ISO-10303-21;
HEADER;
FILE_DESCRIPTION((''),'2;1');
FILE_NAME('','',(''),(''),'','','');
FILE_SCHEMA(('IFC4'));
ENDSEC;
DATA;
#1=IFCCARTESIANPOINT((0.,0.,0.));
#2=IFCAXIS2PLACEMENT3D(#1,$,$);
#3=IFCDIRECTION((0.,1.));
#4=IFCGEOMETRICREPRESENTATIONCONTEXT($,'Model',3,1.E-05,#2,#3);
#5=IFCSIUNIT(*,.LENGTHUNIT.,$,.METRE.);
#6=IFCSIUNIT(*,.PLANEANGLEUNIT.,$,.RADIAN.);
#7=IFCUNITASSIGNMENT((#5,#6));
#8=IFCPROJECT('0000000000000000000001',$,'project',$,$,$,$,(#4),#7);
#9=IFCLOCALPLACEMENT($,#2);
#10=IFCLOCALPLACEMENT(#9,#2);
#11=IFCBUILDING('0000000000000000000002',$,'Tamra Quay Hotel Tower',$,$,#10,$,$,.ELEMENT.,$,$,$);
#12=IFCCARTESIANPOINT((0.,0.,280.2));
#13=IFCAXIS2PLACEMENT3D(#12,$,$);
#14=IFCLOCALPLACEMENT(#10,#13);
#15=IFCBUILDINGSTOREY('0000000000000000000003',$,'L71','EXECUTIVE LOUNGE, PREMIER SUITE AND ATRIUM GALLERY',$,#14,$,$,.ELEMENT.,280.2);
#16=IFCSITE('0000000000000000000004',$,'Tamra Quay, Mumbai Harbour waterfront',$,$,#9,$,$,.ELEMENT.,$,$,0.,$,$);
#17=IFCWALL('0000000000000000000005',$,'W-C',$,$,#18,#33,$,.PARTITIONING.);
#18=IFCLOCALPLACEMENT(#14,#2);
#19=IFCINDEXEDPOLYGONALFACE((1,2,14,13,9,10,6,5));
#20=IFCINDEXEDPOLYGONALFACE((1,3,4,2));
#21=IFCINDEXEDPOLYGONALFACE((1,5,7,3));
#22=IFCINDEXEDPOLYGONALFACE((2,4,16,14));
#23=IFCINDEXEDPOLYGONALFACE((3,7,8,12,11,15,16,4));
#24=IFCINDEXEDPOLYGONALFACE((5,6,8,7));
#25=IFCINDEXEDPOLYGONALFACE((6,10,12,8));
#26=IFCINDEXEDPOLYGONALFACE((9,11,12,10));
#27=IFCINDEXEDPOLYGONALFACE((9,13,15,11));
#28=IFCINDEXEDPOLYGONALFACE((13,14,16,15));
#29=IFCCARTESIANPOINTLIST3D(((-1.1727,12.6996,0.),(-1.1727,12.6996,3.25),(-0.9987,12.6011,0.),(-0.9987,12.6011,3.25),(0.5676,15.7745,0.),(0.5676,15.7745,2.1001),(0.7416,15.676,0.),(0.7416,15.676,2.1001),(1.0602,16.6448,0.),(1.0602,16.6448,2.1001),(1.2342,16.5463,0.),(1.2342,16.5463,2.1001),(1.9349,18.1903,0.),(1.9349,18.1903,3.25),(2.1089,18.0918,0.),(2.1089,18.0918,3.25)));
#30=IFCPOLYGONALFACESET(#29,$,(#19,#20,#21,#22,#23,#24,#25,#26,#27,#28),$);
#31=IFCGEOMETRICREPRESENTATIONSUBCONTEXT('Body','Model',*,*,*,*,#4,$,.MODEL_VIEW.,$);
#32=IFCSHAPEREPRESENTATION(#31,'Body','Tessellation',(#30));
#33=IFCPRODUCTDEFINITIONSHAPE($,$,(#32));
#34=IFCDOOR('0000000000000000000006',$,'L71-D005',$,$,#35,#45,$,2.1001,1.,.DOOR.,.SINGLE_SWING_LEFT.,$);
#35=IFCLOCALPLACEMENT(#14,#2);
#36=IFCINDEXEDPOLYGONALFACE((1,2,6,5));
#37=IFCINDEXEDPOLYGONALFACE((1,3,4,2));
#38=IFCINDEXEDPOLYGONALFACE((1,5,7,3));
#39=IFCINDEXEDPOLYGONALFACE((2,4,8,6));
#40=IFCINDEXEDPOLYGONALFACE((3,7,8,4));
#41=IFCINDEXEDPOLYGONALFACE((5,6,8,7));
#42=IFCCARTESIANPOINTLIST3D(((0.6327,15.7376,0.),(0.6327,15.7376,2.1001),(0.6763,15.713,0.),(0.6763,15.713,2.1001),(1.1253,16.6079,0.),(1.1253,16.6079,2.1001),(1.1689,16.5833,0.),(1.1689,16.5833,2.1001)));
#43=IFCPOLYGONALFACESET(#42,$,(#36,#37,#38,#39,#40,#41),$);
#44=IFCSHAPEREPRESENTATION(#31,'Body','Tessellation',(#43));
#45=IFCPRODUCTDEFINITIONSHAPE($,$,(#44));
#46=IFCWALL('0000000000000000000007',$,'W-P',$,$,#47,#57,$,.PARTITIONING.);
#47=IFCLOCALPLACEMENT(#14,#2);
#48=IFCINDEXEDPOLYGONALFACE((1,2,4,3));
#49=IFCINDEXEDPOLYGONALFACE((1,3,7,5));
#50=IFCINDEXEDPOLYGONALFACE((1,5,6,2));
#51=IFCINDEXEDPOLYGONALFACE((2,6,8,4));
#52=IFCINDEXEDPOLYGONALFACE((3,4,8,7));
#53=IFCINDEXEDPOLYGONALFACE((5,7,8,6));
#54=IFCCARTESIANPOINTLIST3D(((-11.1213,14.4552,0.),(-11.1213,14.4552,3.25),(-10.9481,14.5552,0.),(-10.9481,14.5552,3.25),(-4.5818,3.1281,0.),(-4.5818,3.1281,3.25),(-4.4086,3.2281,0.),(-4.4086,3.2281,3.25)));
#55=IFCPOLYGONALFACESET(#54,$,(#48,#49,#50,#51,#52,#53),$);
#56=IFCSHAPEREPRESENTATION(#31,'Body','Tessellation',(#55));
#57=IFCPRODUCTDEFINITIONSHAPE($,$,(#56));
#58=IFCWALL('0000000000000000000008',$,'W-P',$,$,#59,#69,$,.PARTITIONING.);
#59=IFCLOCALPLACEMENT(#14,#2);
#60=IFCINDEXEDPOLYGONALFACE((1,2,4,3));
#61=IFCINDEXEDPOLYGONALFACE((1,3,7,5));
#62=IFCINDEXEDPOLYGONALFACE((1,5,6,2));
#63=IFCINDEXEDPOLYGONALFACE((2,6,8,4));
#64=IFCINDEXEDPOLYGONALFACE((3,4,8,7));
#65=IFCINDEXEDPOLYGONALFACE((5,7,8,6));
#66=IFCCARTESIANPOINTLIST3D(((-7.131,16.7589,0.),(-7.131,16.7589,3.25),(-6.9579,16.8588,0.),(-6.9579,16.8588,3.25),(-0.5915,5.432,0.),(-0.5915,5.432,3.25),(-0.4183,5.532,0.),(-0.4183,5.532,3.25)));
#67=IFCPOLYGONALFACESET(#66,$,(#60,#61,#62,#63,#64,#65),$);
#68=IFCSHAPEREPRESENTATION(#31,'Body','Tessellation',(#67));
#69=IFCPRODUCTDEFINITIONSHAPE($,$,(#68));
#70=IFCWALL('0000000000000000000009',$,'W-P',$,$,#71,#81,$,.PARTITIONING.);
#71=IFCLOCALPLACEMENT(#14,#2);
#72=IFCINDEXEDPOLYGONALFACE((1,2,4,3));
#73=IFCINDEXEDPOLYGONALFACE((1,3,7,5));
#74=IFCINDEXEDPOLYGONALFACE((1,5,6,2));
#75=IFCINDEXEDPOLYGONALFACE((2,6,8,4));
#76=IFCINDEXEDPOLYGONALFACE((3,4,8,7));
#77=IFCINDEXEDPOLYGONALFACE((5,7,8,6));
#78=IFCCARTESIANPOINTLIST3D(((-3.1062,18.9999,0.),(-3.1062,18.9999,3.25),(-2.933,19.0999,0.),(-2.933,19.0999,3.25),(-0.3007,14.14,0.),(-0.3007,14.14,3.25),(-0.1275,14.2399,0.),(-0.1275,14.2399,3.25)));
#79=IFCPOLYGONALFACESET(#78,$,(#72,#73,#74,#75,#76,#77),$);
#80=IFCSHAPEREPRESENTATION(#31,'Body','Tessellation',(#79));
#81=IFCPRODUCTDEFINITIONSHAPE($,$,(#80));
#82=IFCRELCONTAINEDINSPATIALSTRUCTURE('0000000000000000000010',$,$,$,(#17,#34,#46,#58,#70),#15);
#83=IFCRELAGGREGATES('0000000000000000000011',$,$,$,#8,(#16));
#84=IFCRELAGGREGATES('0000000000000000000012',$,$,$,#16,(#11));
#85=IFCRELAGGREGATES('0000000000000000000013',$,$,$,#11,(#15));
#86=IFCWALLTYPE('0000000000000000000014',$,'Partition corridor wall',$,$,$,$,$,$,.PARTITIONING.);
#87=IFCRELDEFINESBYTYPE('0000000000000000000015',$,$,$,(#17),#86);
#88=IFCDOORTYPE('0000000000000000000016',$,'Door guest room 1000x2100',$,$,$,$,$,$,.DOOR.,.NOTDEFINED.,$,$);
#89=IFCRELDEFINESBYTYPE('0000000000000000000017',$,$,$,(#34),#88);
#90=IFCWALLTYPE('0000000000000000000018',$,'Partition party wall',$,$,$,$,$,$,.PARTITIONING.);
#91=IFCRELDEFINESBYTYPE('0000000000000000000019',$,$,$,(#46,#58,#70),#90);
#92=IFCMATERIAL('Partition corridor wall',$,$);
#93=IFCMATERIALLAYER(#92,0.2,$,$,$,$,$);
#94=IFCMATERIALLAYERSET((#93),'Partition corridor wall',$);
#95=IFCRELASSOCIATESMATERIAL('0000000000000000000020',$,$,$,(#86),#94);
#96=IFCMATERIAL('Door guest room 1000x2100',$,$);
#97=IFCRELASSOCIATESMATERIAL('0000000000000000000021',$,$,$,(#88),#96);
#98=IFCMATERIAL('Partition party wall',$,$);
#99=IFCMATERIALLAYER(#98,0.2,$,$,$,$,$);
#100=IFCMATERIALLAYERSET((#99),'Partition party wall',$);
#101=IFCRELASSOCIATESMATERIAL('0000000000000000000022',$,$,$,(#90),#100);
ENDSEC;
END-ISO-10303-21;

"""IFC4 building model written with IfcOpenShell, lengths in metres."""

from ifc_helpers import new_model, si_unit, direction, frame, frame_2d, origin, place, context, subcontext, project, spatial, rectangle, extrude, material, layer, layer_set, type_object, element, fill, save


model = new_model("IFC4")

# Units and contexts
model_context = context("Model", 3, precision=1e-05, world=origin(), true_north=direction((0.0, 1.0)))
body_context = subcontext(model_context, "Body", "Model", "MODEL_VIEW")
ifc_project = project(units=[si_unit("LENGTHUNIT", "METRE"), si_unit("PLANEANGLEUNIT", "RADIAN")], contexts=[model_context])

# Site, building, storey
site_placement = place(None, origin())
site = spatial("IfcSite", under=ifc_project, at=site_placement, Name="Tamra Quay, Mumbai Harbour waterfront", CompositionType="ELEMENT", RefElevation=0.0)
building_placement = place(site_placement, origin())
building = spatial("IfcBuilding", under=site, at=building_placement, Name="Tamra Quay Hotel Tower", CompositionType="ELEMENT")
storey_placement = place(building_placement, frame((0.0, 0.0, 280.2)))
storey = spatial("IfcBuildingStorey", under=building, at=storey_placement, Name="L71", Description="EXECUTIVE LOUNGE, PREMIER SUITE AND ATRIUM GALLERY", CompositionType="ELEMENT", Elevation=280.2)

# Wall, opening, door
ifc_material_1 = material(Name="Partition corridor wall")
ifc_layer_1 = layer(ifc_material_1, 0.2)
ifc_layer_set_1 = layer_set([ifc_layer_1], Name="Partition corridor wall")
wall_type_1 = type_object("IfcWallType", Name="Partition corridor wall", PredefinedType="PARTITIONING", material=ifc_layer_set_1)
wall_1_placement = place(storey_placement, frame((-1.0857, 12.6504, 0.0), z_axis=(0.0, 0.0, 1.0), x_axis=(0.492563, 0.870277, 0.0)))
wall_1 = element("IfcWall", 1, at=wall_1_placement, inside=storey, type_object=wall_type_1, Name="W-C", PredefinedType="PARTITIONING", context=body_context, shape_type="SweptSolid", body=[
    extrude(rectangle(XDim=6.3091, YDim=0.2, at=frame_2d((3.1545, 0.0))), origin(), (0.0, 0.0, 1.0), 3.25),
])
opening_placement = place(wall_1_placement, frame((3.5332, 0.0, 0.0)))
opening = element("IfcOpeningElement", 2, at=opening_placement, cuts=wall_1, PredefinedType="OPENING", context=body_context, shape_type="SweptSolid", body=[
    extrude(rectangle(XDim=1.0, YDim=2.1001, at=frame_2d((0.5, 1.05))), frame((0.0, 0.1099, 0.0), z_axis=(0.0, -1.0, 0.0), x_axis=(1.0, 0.0, 0.0)), (0.0, 0.0, 1.0), 0.22),
])
ifc_material_2 = material(Name="Door guest room 1000x2100")
door_type = type_object("IfcDoorType", Name="Door guest room 1000x2100", OperationType="NOTDEFINED", PredefinedType="DOOR", material=ifc_material_2)
door_placement = place(opening_placement, frame((1.0, 0.0, 0.0), z_axis=(0.0, 0.0, 1.0), x_axis=(-1.0, 0.0, 0.0)))
door = element("IfcDoor", 3, at=door_placement, inside=storey, type_object=door_type, Name="L71-D005", OperationType="SINGLE_SWING_LEFT", OverallHeight=2.1001, OverallWidth=1.0, PredefinedType="DOOR", context=body_context, shape_type="SweptSolid", body=[
    extrude(rectangle(XDim=1.0, YDim=2.1001, at=frame_2d((0.5, 1.05))), frame((0.0, 0.0249, 0.0), z_axis=(0.0, -1.0, 0.0), x_axis=(1.0, 0.0, 0.0)), (0.0, 0.0, 1.0), 0.05),
])
fill(opening, door)

# Walls
ifc_material_3 = material(Name="Partition party wall")
ifc_layer_2 = layer(ifc_material_3, 0.2)
ifc_layer_set_2 = layer_set([ifc_layer_2], Name="Partition party wall")
wall_type_2 = type_object("IfcWallType", Name="Partition party wall", PredefinedType="PARTITIONING", material=ifc_layer_set_2)
wall_2_placement = place(storey_placement, frame((-11.0347, 14.5051, 0.0), z_axis=(0.0, 0.0, 1.0), x_axis=(0.49999, -0.866031, 0.0)))
element("IfcWall", 4, at=wall_2_placement, inside=storey, type_object=wall_type_2, Name="W-P", PredefinedType="PARTITIONING", context=body_context, shape_type="SweptSolid", body=[
    extrude(rectangle(XDim=13.0793, YDim=0.2, at=frame_2d((6.5396, 0.0))), origin(), (0.0, 0.0, 1.0), 3.25),
])
wall_3_placement = place(storey_placement, frame((-7.0444, 16.8088, 0.0), z_axis=(0.0, 0.0, 1.0), x_axis=(0.499998, -0.866027, 0.0)))
element("IfcWall", 5, at=wall_3_placement, inside=storey, type_object=wall_type_2, Name="W-P", PredefinedType="PARTITIONING", context=body_context, shape_type="SweptSolid", body=[
    extrude(rectangle(XDim=13.0791, YDim=0.2, at=frame_2d((6.5396, 0.0))), origin(), (0.0, 0.0, 1.0), 3.25),
])
wall_4_placement = place(storey_placement, frame((-3.0195, 19.0498, 0.0), z_axis=(0.0, 0.0, 1.0), x_axis=(0.499943, -0.866058, 0.0)))
element("IfcWall", 6, at=wall_4_placement, inside=storey, type_object=wall_type_2, Name="W-P", PredefinedType="PARTITIONING", context=body_context, shape_type="SweptSolid", body=[
    extrude(rectangle(XDim=5.6116, YDim=0.2, at=frame_2d((2.8057, 0.0))), origin(), (0.0, 0.0, 1.0), 3.25),
])

save(model, "model.ifc")
